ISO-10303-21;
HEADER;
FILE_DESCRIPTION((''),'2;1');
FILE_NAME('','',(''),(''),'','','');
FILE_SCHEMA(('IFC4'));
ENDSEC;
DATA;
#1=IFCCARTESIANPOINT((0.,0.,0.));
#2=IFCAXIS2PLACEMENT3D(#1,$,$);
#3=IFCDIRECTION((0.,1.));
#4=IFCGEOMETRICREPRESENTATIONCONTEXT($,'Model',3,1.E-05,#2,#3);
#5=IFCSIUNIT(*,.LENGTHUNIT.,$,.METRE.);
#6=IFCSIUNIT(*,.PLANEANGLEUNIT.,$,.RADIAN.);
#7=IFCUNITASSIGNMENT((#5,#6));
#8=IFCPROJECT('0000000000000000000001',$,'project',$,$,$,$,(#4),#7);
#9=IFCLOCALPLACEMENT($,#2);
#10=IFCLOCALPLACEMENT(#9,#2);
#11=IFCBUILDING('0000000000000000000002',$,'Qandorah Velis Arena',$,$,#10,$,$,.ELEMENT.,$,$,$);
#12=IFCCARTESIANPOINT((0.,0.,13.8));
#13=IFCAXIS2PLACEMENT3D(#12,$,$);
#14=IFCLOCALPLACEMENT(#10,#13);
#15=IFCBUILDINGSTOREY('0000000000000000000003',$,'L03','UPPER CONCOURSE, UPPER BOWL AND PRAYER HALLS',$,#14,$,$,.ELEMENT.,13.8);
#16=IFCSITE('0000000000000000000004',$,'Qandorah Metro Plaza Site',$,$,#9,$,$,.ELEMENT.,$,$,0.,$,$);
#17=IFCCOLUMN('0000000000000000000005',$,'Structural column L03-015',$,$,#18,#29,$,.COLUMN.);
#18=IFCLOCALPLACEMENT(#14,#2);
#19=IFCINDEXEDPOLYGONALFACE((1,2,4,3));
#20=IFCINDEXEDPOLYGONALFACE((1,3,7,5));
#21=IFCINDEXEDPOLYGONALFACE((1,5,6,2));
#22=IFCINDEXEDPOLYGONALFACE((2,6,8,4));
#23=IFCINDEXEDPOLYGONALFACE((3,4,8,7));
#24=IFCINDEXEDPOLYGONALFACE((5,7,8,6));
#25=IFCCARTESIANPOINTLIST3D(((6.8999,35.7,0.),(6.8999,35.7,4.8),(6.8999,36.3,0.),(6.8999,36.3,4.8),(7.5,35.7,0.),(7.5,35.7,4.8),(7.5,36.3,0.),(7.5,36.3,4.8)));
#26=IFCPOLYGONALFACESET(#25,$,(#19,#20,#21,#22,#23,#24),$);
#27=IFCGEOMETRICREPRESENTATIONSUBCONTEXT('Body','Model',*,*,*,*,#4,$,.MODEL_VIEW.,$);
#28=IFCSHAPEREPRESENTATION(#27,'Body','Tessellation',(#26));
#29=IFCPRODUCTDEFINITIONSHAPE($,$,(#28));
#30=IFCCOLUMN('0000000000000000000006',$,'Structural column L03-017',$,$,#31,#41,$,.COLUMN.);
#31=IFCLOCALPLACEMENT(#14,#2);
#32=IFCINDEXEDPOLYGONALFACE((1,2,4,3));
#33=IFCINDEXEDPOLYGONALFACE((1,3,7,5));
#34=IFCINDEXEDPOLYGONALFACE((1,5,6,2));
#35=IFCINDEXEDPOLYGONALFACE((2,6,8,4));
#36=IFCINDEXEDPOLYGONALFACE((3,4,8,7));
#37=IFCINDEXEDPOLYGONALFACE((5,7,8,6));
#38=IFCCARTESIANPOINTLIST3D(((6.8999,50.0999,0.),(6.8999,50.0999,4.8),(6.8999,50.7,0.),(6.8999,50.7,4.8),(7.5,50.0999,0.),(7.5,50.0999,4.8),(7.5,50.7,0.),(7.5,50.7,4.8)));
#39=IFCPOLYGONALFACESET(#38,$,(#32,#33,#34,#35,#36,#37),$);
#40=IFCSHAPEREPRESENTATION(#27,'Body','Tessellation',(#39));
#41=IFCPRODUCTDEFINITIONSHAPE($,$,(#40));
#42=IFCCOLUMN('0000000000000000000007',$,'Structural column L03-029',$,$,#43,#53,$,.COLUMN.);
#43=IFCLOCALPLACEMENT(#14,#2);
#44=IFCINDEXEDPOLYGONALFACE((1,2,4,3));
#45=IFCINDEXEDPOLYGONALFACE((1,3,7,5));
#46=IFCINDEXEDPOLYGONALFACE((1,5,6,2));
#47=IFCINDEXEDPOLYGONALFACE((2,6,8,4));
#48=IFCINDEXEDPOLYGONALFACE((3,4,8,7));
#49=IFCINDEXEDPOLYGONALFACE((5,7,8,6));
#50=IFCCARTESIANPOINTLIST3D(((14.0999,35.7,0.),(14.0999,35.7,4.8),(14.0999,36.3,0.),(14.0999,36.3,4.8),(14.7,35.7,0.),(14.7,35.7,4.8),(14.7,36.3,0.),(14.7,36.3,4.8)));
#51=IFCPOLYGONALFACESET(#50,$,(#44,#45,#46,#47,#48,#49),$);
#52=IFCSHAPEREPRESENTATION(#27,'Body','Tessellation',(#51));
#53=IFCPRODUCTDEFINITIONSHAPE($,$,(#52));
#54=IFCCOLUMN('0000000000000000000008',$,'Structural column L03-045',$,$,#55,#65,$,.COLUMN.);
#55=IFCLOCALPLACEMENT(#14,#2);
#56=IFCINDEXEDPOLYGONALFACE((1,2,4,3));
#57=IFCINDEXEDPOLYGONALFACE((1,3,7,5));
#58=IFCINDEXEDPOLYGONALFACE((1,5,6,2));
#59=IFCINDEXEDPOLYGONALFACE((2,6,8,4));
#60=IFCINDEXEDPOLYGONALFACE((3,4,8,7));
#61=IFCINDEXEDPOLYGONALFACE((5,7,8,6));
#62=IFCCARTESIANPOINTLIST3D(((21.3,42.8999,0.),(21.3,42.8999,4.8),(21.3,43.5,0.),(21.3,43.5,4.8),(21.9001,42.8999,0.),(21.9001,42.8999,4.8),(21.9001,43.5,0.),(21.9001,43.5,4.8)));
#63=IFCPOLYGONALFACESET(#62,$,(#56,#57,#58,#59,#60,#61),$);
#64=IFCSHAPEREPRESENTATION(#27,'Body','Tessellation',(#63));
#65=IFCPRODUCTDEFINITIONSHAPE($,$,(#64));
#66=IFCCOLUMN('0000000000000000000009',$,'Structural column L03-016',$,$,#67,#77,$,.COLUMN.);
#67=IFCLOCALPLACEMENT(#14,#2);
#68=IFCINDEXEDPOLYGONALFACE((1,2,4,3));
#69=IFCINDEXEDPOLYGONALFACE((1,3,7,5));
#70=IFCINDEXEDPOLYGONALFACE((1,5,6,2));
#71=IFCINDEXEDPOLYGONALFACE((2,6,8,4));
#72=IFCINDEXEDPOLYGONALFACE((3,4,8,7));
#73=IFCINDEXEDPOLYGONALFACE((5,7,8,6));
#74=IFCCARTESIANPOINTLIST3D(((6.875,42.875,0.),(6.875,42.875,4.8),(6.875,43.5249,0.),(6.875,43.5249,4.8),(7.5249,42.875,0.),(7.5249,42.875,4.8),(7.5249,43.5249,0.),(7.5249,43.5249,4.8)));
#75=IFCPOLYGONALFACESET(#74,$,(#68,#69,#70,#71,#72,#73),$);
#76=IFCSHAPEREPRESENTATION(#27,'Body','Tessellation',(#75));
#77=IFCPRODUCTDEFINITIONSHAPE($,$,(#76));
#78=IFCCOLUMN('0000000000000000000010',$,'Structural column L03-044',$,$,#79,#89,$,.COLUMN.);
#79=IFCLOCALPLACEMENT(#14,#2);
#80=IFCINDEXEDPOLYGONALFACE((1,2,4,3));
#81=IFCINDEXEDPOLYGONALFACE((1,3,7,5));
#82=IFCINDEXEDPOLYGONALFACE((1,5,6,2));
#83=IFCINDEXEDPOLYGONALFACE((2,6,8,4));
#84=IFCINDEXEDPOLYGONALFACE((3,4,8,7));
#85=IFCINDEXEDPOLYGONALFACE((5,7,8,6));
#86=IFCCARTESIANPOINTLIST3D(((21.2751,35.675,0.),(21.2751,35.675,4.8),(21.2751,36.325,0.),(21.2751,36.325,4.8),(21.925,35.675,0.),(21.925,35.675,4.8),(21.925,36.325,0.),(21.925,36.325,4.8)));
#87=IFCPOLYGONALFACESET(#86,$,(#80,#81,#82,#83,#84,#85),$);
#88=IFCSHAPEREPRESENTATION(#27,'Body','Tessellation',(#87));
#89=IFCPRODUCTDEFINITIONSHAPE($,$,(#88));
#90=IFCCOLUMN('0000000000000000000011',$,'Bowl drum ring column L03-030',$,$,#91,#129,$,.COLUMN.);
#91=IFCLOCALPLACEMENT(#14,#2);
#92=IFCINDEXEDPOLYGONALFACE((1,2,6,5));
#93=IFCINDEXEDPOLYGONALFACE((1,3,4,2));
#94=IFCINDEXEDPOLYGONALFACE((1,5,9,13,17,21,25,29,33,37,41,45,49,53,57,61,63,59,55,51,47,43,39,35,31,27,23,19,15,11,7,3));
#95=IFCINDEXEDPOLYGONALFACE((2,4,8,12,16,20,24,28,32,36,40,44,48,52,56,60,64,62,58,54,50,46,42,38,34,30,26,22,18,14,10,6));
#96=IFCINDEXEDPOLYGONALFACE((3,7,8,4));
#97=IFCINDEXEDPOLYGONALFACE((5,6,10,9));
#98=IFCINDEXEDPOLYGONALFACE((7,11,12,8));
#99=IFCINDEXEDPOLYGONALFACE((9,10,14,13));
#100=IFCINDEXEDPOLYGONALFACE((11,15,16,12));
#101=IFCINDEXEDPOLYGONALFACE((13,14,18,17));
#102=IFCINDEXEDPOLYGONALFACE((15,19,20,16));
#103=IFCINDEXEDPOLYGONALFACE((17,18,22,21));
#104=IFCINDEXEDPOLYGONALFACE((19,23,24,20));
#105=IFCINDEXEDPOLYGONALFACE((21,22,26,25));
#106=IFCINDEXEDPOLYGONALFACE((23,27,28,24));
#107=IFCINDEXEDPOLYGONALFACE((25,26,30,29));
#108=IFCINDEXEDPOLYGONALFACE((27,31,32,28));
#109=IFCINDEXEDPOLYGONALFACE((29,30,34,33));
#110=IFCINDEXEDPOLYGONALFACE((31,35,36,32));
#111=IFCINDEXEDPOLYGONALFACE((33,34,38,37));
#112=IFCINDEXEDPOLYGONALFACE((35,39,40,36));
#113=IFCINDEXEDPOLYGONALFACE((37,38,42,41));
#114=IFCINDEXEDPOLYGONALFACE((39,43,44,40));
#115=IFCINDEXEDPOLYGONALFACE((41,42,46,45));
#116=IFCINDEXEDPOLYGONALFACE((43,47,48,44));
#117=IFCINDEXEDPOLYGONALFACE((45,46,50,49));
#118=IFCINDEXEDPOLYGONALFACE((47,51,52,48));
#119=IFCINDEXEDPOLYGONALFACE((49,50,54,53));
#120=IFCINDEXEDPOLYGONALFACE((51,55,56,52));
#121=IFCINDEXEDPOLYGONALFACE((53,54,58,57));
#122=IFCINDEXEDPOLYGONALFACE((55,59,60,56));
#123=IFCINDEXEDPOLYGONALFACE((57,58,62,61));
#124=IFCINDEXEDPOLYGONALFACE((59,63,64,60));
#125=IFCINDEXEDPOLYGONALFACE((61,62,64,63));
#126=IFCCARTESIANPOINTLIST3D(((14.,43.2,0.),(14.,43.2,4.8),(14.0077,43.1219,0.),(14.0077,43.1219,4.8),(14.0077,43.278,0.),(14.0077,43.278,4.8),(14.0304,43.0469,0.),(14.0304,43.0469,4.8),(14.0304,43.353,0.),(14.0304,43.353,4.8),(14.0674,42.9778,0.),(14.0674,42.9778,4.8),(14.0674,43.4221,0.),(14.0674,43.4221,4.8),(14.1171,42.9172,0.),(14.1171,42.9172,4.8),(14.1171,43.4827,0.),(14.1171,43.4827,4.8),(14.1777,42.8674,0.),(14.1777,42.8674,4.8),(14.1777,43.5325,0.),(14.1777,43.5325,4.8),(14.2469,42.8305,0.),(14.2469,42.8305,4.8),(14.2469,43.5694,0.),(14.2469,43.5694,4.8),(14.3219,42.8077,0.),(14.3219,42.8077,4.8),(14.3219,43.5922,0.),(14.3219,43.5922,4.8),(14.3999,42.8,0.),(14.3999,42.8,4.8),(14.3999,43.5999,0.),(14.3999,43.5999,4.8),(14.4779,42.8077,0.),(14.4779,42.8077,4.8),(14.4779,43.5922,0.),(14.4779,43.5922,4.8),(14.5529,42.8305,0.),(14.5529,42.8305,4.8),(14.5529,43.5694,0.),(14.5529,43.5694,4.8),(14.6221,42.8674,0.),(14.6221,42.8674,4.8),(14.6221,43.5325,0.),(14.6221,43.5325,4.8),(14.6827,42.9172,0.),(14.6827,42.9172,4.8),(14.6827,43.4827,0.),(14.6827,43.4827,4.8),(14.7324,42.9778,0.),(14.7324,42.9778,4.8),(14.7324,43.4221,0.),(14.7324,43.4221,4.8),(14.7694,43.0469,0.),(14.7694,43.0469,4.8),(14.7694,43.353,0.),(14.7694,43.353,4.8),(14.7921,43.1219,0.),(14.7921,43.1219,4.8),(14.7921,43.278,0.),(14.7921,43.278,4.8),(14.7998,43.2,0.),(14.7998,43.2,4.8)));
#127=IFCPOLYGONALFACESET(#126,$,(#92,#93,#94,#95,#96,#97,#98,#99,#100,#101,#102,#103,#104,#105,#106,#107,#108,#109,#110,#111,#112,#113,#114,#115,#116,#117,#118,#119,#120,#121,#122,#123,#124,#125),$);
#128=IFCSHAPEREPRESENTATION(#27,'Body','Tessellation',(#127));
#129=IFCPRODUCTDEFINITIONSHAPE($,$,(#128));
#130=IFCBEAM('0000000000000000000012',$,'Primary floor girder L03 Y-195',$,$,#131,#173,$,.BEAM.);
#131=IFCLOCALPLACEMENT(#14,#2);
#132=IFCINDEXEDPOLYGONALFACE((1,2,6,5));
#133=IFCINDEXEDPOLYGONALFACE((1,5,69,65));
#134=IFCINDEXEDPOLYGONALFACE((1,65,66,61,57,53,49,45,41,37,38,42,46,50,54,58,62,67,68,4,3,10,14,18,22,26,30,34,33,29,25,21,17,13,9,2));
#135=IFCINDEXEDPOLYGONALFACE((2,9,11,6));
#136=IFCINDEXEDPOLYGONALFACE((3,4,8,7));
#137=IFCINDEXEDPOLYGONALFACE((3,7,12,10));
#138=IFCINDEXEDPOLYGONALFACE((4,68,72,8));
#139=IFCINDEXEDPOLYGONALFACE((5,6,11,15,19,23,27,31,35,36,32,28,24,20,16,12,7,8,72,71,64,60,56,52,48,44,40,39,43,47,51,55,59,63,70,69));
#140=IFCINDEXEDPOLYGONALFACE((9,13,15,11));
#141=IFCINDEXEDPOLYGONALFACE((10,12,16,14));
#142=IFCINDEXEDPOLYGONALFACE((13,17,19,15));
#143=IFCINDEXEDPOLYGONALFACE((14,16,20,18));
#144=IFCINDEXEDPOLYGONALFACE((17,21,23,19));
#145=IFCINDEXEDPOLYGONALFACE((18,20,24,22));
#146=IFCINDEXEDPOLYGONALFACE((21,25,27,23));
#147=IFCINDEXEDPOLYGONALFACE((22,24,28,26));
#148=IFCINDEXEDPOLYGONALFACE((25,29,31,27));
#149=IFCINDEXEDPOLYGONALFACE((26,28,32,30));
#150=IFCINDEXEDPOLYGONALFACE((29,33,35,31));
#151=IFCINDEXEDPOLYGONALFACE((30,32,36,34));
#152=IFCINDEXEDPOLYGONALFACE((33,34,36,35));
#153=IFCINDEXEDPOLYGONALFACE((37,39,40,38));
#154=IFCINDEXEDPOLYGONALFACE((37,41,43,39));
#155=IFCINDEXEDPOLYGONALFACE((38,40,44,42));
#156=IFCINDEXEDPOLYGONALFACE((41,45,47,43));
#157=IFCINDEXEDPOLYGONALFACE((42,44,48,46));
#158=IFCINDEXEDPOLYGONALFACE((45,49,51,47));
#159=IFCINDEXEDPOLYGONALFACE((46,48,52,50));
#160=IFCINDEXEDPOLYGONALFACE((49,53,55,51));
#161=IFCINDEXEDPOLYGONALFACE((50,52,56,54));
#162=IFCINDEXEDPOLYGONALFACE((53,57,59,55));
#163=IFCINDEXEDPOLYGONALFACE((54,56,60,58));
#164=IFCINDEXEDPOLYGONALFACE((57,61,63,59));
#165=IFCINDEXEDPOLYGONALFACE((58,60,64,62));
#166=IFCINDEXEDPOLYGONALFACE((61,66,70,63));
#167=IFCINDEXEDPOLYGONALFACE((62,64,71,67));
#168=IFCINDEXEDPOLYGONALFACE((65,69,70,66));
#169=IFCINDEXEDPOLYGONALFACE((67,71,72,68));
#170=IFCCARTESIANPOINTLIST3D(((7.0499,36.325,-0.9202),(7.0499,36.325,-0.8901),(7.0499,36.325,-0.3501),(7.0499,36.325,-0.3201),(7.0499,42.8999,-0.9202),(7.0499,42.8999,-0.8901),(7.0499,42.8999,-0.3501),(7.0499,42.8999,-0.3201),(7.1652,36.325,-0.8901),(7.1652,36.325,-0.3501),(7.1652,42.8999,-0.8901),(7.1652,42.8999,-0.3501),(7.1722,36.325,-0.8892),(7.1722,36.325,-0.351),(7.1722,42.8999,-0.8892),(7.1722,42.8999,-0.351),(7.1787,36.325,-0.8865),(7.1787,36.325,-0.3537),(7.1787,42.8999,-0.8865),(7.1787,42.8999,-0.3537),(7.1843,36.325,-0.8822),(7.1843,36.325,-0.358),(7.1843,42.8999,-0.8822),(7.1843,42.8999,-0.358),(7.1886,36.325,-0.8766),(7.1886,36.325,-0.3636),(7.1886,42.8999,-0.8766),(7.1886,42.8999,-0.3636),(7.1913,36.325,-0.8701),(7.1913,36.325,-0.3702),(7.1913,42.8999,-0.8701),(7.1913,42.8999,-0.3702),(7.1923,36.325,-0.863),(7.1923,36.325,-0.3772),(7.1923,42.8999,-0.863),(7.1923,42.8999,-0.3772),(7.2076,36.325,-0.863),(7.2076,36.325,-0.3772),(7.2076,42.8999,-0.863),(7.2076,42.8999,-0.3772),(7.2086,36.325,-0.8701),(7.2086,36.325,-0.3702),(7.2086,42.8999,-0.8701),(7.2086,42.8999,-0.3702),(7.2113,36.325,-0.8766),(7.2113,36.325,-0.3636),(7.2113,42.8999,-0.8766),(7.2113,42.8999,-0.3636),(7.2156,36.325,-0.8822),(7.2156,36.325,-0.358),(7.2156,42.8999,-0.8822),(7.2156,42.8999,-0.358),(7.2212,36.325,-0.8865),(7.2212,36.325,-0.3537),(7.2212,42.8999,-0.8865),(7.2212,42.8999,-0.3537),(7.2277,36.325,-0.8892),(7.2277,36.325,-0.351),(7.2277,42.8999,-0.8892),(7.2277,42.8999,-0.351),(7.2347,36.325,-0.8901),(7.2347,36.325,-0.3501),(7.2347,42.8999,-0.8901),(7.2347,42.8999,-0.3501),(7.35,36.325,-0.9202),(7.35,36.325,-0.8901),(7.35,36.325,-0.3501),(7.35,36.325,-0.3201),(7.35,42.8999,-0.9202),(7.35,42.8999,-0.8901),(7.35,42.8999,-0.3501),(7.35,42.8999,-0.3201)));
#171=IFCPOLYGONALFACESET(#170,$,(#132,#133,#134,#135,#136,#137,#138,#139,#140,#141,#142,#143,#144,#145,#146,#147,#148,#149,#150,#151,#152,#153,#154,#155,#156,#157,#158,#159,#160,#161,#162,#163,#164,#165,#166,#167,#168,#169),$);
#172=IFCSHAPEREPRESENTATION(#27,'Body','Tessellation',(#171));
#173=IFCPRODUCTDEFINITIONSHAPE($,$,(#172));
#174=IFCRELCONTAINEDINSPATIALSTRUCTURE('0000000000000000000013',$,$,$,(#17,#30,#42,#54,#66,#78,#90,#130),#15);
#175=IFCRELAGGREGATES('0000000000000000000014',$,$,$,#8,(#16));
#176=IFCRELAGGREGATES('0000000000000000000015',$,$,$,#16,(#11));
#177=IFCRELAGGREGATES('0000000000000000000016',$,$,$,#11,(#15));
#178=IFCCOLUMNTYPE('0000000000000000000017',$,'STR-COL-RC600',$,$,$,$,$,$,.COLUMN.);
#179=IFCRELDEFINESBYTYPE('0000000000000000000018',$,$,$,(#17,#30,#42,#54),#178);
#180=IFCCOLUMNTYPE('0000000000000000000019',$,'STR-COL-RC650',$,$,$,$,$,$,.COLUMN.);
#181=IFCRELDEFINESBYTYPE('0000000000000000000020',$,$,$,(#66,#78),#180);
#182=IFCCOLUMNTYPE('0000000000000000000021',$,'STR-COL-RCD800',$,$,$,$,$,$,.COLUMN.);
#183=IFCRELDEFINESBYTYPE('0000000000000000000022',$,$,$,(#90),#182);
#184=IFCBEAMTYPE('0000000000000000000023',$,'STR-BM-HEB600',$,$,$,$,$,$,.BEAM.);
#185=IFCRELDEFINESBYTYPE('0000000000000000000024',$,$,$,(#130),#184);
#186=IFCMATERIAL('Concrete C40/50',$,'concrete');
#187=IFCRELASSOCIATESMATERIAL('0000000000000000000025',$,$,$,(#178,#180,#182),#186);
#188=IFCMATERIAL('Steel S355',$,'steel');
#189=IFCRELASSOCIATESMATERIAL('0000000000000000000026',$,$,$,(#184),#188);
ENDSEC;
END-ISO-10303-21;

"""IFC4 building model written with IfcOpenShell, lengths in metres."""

from ifc_helpers import new_model, si_unit, direction, frame, origin, origin_2d, place, context, subcontext, project, spatial, rectangle, circle, i_section, extrude, material, material_profile, profile_set, type_object, element, save


model = new_model("IFC4")

# Units and contexts
model_context = context("Model", 3, precision=1e-05, world=origin(), true_north=direction((0.0, 1.0)))
body_context = subcontext(model_context, "Body", "Model", "MODEL_VIEW")
ifc_project = project(units=[si_unit("LENGTHUNIT", "METRE"), si_unit("PLANEANGLEUNIT", "RADIAN")], contexts=[model_context])

# Site, building, storey
site_placement = place(None, origin())
site = spatial("IfcSite", under=ifc_project, at=site_placement, Name="Qandorah Metro Plaza Site", CompositionType="ELEMENT", RefElevation=0.0)
building_placement = place(site_placement, origin())
building = spatial("IfcBuilding", under=site, at=building_placement, Name="Qandorah Velis Arena", CompositionType="ELEMENT")
storey_placement = place(building_placement, frame((0.0, 0.0, 13.8)))
storey = spatial("IfcBuildingStorey", under=building, at=storey_placement, Name="L03", Description="UPPER CONCOURSE, UPPER BOWL AND PRAYER HALLS", CompositionType="ELEMENT", Elevation=13.8)

# Columns
ifc_material_1 = material(Name="Concrete C40/50", Category="concrete")
ifc_material_profile_1 = material_profile(ifc_material_1, rectangle(XDim=0.6001, YDim=0.6001, at=origin_2d()), Name="RC COL 600x600")
ifc_profile_set_1 = profile_set([ifc_material_profile_1], Name="Concrete C40/50")
column_type_1 = type_object("IfcColumnType", Name="STR-COL-RC600", PredefinedType="COLUMN", material=ifc_profile_set_1)
for number, where, z_axis, x_axis, name in (
    (1, (7.2, 36.0, 0.0), (0.0, 0.0, 1.0), (1.0, 0.0, 0.0), "Structural column L03-015"),
    (2, (7.2, 50.3999, 0.0), (0.0, 0.0, 1.0), (1.0, 0.0, 0.0), "Structural column L03-017"),
    (3, (14.3999, 36.0, 0.0), (0.0, 0.0, 1.0), (1.0, 0.0, 0.0), "Structural column L03-029"),
    (4, (21.6001, 43.2, 0.0), (0.0, 0.0, 1.0), (1.0, 0.0, 0.0), "Structural column L03-045"),
):
    element("IfcColumn", number, at=place(storey_placement, frame(where, z_axis=z_axis, x_axis=x_axis)), inside=storey, type_object=column_type_1, Name=name, PredefinedType="COLUMN", context=body_context, shape_type="SweptSolid", body=[
        extrude(rectangle(XDim=0.6001, YDim=0.6001, at=origin_2d()), origin(), (0.0, 0.0, 1.0), 4.8),
    ])
ifc_material_profile_2 = material_profile(ifc_material_1, rectangle(XDim=0.6499, YDim=0.6499, at=origin_2d()), Name="RC COL 650x650")
ifc_profile_set_2 = profile_set([ifc_material_profile_2], Name="Concrete C40/50")
column_type_2 = type_object("IfcColumnType", Name="STR-COL-RC650", PredefinedType="COLUMN", material=ifc_profile_set_2)
for number, where, z_axis, x_axis, name in (
    (5, (7.2, 43.2, 0.0), (0.0, 0.0, 1.0), (1.0, 0.0, 0.0), "Structural column L03-016"),
    (6, (21.6001, 36.0, 0.0), (0.0, 0.0, 1.0), (1.0, 0.0, 0.0), "Structural column L03-044"),
):
    element("IfcColumn", number, at=place(storey_placement, frame(where, z_axis=z_axis, x_axis=x_axis)), inside=storey, type_object=column_type_2, Name=name, PredefinedType="COLUMN", context=body_context, shape_type="SweptSolid", body=[
        extrude(rectangle(XDim=0.6499, YDim=0.6499, at=origin_2d()), origin(), (0.0, 0.0, 1.0), 4.8),
    ])
ifc_material_profile_3 = material_profile(ifc_material_1, circle(Radius=0.3999, at=origin_2d()), Name="RC D800")
ifc_profile_set_3 = profile_set([ifc_material_profile_3], Name="Concrete C40/50")
column_type_3 = type_object("IfcColumnType", Name="STR-COL-RCD800", PredefinedType="COLUMN", material=ifc_profile_set_3)
column_placement = place(storey_placement, frame((14.3999, 43.2, 0.0), z_axis=(0.0, 0.0, 1.0), x_axis=(1.0, 0.0, 0.0)))
element("IfcColumn", 7, at=column_placement, inside=storey, type_object=column_type_3, Name="Bowl drum ring column L03-030", PredefinedType="COLUMN", context=body_context, shape_type="SweptSolid", body=[
    extrude(circle(Radius=0.3999, at=origin_2d()), origin(), (0.0, 0.0, 1.0), 4.8),
])

# Beam
ifc_material_2 = material(Name="Steel S355", Category="steel")
ifc_material_profile_4 = material_profile(ifc_material_2, i_section(OverallWidth=0.3, OverallDepth=0.6001, WebThickness=0.0154, FlangeThickness=0.03, FilletRadius=0.0271, at=origin_2d()), Name="HEB 600")
ifc_profile_set_4 = profile_set([ifc_material_profile_4], Name="Steel S355")
beam_type_1 = type_object("IfcBeamType", Name="STR-BM-HEB600", PredefinedType="BEAM", material=ifc_profile_set_4)
beam_1_placement = place(storey_placement, frame((7.2, 36.325, -0.6201), z_axis=(0.0, 1.0, 0.0), x_axis=(-1.0, 0.0, 0.0)))
element("IfcBeam", 8, at=beam_1_placement, inside=storey, type_object=beam_type_1, Name="Primary floor girder L03 Y-195", PredefinedType="BEAM", context=body_context, shape_type="SweptSolid", body=[
    extrude(i_section(OverallWidth=0.3, OverallDepth=0.6001, WebThickness=0.0154, FlangeThickness=0.03, FilletRadius=0.0271, at=origin_2d()), origin(), (0.0, 0.0, 1.0), 6.575),
])

save(model, "model.ifc")
